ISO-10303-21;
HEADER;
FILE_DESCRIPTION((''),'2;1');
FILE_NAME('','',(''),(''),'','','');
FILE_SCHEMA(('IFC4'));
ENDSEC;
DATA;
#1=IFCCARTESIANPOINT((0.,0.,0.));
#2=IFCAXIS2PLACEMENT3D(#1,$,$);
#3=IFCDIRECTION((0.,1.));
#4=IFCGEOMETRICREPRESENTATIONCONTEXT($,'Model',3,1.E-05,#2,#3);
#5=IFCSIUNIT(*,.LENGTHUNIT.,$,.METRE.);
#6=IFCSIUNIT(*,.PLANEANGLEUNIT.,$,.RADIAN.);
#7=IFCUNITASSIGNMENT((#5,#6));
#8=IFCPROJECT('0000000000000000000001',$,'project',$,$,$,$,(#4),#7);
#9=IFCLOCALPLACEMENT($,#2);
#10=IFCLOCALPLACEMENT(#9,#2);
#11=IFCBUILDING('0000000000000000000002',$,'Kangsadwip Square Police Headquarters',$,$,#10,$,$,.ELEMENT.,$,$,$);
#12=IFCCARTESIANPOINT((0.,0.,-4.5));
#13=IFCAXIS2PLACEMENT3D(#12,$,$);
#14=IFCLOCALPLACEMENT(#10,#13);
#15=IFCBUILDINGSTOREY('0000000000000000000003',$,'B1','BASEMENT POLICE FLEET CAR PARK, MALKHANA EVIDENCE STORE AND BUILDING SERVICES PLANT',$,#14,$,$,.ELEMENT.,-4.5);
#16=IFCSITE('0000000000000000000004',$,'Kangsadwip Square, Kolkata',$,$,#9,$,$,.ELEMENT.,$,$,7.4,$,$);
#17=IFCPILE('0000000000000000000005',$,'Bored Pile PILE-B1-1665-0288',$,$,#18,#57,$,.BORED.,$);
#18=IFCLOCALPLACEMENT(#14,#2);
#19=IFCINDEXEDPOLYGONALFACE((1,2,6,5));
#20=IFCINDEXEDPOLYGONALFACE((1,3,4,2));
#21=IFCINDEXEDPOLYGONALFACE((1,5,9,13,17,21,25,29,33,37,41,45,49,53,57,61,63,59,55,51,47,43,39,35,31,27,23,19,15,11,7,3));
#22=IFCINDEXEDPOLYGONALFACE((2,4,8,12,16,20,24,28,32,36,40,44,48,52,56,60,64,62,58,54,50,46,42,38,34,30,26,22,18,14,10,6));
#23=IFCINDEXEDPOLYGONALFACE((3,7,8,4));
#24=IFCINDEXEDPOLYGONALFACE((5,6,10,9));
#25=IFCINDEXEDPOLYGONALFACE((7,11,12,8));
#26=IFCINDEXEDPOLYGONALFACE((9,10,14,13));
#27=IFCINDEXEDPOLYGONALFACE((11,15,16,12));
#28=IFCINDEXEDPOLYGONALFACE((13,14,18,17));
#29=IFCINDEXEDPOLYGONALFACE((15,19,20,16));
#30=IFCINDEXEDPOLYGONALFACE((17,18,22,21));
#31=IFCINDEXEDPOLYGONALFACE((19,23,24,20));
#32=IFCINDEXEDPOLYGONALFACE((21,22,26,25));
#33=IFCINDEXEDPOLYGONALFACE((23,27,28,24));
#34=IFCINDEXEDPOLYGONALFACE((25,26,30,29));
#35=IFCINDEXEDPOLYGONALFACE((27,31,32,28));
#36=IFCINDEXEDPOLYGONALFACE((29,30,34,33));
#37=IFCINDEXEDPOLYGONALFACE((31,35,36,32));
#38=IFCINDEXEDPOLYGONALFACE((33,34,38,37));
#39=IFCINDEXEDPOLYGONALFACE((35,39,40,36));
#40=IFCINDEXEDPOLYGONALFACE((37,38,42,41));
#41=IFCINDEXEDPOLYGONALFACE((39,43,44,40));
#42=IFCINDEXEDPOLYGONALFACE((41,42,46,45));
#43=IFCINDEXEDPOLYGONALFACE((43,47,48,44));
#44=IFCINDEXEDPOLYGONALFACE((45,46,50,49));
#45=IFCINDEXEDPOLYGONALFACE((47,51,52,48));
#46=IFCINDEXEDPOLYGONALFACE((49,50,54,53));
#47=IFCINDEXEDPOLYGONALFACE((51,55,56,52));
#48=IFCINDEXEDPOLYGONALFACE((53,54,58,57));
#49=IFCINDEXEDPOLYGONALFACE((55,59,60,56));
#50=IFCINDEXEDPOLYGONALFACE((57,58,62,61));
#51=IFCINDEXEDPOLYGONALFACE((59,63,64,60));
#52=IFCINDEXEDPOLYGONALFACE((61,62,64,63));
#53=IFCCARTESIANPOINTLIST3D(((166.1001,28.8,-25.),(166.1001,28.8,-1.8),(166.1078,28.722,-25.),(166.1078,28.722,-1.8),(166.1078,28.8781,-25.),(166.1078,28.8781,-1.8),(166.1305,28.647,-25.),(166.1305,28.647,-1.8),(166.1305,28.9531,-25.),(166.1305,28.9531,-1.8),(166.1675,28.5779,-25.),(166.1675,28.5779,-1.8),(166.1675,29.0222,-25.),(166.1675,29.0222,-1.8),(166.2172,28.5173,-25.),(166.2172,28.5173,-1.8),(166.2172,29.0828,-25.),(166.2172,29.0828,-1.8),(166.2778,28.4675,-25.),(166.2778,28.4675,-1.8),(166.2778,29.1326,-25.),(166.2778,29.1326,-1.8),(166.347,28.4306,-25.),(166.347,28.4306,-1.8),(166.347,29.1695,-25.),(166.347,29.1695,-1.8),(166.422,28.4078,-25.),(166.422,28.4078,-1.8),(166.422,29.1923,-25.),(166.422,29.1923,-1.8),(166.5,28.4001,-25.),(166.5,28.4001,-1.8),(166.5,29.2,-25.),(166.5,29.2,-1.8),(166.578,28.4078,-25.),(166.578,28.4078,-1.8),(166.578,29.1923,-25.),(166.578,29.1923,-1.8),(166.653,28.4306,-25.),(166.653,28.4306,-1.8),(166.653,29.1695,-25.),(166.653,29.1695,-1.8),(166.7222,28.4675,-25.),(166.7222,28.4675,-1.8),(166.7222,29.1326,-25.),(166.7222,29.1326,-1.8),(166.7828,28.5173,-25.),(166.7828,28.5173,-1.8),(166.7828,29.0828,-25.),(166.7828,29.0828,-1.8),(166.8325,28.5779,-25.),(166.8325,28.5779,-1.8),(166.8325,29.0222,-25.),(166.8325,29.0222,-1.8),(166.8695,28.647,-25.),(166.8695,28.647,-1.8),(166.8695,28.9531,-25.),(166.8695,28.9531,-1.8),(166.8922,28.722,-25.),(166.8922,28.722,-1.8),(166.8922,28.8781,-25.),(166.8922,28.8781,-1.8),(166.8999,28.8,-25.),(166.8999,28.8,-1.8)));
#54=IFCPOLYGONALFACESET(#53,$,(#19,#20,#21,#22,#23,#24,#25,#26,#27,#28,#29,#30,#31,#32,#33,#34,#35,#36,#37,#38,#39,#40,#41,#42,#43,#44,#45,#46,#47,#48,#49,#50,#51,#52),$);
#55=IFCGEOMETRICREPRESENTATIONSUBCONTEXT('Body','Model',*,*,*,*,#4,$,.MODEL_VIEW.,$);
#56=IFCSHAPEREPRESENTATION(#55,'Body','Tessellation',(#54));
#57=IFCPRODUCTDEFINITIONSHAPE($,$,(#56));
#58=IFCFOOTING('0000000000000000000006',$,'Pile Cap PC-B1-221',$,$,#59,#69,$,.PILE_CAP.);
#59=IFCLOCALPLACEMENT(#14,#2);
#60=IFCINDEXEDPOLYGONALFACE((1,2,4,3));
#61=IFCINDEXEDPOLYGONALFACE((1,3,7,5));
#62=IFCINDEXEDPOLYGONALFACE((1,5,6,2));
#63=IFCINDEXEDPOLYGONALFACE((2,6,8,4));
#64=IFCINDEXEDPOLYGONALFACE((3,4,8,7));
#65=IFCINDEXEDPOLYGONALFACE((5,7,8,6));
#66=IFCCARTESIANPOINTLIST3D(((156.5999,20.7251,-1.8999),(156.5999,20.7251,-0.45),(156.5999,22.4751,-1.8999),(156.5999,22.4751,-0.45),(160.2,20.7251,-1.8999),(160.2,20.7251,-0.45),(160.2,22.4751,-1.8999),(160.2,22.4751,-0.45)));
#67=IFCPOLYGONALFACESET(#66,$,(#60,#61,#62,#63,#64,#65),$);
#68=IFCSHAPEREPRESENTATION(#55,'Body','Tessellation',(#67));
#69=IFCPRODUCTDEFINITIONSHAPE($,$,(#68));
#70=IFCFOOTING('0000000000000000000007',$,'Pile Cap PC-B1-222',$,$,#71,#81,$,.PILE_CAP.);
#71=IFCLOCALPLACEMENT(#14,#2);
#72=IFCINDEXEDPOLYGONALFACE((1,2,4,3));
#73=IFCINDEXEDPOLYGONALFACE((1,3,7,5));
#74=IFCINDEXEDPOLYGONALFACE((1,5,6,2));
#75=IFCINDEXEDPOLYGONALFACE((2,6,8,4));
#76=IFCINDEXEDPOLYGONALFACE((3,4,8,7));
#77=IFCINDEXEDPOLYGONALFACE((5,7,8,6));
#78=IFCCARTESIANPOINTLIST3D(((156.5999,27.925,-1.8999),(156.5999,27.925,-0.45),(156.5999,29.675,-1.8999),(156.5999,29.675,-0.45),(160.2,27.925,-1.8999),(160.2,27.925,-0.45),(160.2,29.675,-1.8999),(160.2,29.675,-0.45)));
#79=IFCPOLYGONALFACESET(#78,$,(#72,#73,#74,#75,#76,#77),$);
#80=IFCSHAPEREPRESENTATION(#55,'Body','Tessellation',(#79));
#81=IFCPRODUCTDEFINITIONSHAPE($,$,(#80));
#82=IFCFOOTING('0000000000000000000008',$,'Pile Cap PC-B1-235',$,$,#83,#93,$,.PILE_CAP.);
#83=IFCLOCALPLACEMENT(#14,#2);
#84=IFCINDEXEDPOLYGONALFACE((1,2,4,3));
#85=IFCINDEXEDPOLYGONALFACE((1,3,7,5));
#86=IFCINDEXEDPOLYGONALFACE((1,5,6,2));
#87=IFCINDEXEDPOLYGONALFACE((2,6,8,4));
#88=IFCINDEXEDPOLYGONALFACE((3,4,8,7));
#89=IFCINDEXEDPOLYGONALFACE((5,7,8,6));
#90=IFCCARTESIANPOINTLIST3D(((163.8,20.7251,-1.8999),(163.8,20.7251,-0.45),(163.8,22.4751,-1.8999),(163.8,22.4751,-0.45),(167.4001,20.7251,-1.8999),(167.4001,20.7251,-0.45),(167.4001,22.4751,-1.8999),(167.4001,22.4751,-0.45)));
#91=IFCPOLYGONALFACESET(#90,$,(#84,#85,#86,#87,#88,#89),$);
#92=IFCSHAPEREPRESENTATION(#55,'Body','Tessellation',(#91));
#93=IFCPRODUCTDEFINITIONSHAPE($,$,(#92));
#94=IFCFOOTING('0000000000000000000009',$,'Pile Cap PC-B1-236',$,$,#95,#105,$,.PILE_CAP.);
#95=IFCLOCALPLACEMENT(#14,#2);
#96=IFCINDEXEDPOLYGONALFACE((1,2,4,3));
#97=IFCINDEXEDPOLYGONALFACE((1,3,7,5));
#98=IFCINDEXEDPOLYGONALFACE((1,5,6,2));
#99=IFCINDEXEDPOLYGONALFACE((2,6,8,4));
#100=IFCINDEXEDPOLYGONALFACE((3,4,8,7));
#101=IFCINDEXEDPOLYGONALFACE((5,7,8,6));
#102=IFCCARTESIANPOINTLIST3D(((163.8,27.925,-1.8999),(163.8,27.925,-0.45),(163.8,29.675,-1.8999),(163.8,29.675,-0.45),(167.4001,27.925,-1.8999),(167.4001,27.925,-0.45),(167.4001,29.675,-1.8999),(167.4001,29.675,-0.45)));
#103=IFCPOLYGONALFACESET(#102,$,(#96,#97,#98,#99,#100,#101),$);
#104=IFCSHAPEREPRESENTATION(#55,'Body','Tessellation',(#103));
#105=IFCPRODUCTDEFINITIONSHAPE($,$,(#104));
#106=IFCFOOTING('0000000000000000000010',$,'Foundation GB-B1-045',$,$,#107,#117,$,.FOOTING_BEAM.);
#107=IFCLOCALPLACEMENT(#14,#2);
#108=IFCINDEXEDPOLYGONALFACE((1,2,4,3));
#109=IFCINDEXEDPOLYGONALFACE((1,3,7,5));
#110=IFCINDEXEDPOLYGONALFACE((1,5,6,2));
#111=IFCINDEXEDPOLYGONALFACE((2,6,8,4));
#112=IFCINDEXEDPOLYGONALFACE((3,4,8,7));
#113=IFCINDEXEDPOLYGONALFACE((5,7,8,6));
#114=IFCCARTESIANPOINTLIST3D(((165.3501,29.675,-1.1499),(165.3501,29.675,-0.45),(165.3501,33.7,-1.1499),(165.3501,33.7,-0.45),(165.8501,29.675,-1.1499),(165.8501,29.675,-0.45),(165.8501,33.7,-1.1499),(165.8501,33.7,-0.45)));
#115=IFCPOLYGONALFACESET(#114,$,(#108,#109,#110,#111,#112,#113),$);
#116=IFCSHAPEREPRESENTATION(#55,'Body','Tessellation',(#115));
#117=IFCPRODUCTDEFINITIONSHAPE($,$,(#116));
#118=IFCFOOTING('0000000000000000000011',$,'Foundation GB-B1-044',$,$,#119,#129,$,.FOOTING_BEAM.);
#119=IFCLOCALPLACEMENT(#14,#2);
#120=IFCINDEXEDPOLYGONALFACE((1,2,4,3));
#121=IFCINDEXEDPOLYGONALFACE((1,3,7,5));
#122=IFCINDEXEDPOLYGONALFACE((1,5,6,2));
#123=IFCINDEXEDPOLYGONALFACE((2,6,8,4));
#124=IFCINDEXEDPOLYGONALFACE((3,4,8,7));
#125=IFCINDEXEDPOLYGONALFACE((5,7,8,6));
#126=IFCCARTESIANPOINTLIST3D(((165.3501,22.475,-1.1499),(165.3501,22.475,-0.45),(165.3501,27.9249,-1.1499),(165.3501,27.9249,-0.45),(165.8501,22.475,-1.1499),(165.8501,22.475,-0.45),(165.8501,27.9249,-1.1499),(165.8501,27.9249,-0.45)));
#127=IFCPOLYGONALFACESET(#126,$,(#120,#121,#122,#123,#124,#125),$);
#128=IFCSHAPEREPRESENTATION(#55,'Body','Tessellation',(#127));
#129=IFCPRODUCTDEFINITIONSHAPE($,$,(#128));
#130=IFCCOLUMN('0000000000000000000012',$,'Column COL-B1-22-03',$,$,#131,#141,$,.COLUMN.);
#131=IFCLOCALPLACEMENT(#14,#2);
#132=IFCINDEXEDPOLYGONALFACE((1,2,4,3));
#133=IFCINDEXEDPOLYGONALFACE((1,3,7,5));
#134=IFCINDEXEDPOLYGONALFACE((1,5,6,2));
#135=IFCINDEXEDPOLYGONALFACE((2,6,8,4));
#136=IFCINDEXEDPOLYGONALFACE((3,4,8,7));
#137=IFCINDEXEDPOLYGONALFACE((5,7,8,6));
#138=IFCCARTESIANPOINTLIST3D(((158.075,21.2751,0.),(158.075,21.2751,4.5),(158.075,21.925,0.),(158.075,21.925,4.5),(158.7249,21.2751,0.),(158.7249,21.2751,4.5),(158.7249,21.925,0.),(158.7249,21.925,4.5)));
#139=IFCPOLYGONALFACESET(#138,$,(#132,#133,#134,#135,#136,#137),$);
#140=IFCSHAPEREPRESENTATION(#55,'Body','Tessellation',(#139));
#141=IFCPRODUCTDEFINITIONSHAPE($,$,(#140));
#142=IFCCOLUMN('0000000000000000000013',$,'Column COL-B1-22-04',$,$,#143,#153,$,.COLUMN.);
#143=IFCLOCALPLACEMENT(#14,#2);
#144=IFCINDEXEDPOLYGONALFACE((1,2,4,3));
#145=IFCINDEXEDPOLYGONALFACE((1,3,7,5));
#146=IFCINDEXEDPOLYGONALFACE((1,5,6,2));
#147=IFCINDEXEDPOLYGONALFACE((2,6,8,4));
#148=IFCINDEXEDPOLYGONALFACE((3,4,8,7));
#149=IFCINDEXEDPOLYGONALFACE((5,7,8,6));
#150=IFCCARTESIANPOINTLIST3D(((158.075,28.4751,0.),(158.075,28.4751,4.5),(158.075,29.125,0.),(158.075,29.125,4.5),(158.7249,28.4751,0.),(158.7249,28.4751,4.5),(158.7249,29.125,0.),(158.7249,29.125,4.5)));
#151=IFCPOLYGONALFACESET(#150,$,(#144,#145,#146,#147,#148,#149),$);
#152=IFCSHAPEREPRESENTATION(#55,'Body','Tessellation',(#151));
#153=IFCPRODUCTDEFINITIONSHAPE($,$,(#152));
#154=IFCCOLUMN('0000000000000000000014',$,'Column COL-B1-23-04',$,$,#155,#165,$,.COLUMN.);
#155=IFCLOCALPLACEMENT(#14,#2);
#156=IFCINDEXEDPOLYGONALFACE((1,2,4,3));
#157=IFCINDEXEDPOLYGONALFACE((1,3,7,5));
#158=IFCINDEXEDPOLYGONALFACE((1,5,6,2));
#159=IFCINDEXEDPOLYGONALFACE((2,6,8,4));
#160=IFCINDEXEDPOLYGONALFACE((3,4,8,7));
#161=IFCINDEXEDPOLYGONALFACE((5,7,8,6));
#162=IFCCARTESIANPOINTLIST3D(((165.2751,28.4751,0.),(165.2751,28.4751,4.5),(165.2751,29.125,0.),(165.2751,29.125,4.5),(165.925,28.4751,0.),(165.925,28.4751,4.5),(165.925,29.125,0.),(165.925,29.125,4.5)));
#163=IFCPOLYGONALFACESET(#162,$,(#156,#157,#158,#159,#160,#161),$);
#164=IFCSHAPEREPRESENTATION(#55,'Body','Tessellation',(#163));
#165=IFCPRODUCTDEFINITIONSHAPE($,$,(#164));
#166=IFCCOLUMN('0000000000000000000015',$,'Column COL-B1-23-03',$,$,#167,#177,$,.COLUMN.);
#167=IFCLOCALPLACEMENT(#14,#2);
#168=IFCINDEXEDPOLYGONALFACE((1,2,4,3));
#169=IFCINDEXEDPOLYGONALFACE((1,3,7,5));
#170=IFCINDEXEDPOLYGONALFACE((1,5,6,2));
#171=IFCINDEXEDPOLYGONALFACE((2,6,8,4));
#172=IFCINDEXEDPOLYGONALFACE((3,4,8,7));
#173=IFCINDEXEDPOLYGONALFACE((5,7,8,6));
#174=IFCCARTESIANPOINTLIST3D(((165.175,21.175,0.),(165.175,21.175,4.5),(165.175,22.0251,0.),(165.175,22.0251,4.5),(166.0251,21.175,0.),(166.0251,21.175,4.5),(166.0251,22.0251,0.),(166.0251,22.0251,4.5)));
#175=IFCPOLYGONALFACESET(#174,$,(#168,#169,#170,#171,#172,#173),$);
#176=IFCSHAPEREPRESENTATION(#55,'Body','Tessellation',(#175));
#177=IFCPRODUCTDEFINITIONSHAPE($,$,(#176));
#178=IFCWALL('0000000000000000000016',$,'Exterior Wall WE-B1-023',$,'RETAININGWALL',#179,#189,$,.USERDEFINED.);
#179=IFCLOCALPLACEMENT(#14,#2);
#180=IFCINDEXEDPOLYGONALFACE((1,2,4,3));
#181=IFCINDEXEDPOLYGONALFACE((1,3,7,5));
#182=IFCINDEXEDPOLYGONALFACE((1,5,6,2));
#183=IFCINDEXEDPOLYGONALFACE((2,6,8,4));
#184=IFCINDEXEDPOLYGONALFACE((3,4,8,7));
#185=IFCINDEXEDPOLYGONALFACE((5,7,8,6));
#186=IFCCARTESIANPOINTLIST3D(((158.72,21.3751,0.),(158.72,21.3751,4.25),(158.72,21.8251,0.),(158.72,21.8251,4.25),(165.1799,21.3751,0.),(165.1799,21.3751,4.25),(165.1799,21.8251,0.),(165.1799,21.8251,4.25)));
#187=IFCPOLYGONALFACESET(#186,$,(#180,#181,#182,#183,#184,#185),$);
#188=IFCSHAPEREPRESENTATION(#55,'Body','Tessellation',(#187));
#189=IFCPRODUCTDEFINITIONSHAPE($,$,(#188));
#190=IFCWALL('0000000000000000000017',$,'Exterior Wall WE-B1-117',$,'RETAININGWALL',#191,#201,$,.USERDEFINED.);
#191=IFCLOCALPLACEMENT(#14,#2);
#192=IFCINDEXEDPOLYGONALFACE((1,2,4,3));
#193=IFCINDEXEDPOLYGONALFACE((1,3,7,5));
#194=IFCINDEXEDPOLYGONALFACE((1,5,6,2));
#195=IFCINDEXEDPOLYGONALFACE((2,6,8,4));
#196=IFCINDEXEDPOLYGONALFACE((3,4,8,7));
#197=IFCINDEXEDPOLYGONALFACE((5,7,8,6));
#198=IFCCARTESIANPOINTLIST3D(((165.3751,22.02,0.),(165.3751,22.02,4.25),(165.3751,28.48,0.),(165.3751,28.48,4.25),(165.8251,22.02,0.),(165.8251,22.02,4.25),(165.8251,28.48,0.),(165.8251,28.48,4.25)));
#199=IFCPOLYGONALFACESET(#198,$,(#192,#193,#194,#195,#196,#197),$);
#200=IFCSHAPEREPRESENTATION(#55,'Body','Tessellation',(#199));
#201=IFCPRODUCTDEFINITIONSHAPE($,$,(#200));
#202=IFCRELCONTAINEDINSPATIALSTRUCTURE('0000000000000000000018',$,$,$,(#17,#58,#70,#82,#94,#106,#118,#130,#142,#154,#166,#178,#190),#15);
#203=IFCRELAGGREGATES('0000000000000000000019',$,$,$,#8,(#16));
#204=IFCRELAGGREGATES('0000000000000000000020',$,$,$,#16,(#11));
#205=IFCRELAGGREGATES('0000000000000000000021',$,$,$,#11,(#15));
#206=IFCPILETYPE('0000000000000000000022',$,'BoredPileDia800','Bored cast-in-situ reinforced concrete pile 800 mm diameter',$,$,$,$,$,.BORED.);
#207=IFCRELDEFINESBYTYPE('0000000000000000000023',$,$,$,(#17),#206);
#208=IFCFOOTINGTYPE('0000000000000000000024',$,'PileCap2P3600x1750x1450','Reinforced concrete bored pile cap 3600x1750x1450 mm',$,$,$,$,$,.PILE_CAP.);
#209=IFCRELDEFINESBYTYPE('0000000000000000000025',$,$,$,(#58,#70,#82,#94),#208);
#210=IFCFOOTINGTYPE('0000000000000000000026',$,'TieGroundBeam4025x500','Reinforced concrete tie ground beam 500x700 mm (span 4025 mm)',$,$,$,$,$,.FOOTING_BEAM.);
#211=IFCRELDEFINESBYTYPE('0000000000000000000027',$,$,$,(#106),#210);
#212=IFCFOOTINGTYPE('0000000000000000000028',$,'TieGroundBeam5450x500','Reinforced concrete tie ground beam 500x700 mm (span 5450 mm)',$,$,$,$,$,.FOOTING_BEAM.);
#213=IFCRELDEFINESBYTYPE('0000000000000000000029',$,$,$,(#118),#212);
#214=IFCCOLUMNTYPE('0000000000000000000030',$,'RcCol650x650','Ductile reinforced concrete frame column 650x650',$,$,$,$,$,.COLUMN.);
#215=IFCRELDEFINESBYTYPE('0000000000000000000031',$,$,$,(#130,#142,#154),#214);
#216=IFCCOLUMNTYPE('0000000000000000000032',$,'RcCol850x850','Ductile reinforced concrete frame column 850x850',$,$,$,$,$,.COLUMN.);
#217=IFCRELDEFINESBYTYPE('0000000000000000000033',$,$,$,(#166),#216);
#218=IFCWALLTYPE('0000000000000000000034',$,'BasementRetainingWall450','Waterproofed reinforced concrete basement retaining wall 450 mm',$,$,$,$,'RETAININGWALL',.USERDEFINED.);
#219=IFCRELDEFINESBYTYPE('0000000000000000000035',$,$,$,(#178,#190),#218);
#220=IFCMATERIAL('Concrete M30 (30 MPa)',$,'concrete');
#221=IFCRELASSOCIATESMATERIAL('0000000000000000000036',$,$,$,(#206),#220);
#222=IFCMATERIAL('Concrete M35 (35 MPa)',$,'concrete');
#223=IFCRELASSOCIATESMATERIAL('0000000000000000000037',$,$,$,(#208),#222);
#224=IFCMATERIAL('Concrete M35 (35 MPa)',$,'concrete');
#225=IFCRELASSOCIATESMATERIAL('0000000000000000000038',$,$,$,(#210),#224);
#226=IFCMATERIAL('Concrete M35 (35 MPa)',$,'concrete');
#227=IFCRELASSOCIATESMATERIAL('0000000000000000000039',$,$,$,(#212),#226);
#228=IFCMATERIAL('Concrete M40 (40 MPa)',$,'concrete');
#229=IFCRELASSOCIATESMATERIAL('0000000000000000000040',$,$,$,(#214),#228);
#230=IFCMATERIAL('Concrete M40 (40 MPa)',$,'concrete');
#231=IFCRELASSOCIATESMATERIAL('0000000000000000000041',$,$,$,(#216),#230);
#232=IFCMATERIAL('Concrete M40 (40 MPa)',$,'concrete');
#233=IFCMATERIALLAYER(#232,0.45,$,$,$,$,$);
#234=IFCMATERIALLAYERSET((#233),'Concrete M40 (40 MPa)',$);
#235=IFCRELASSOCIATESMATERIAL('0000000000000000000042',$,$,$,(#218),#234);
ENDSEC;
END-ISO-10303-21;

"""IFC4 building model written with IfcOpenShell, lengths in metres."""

from ifc_helpers import new_model, si_unit, direction, frame, frame_2d, origin, origin_2d, place, context, subcontext, project, spatial, rectangle, circle, extrude, material, layer, layer_set, material_profile, profile_set, type_object, element, save


model = new_model("IFC4")

# Units and contexts
model_context = context("Model", 3, precision=1e-05, world=origin(), true_north=direction((0.0, 1.0)))
body_context = subcontext(model_context, "Body", "Model", "MODEL_VIEW")
ifc_project = project(units=[si_unit("LENGTHUNIT", "METRE"), si_unit("PLANEANGLEUNIT", "RADIAN")], contexts=[model_context])

# Site, building, storey
site_placement = place(None, origin())
site = spatial("IfcSite", under=ifc_project, at=site_placement, Name="Kangsadwip Square, Kolkata", CompositionType="ELEMENT", RefElevation=7.4)
building_placement = place(site_placement, origin())
building = spatial("IfcBuilding", under=site, at=building_placement, Name="Kangsadwip Square Police Headquarters", CompositionType="ELEMENT")
storey_placement = place(building_placement, frame((0.0, 0.0, -4.5)))
storey = spatial("IfcBuildingStorey", under=building, at=storey_placement, Name="B1", Description="BASEMENT POLICE FLEET CAR PARK, MALKHANA EVIDENCE STORE AND BUILDING SERVICES PLANT", CompositionType="ELEMENT", Elevation=-4.5)

# Pile
ifc_material_1 = material(Name="Concrete M30 (30 MPa)", Category="concrete")
ifc_material_profile_1 = material_profile(ifc_material_1, circle(Radius=0.3999, at=origin_2d()), Name="PILE DIA 800")
ifc_profile_set_1 = profile_set([ifc_material_profile_1], Name="Concrete M30 (30 MPa)")
pile_type_1 = type_object("IfcPileType", Name="BoredPileDia800", Description="Bored cast-in-situ reinforced concrete pile 800 mm diameter", PredefinedType="BORED", material=ifc_profile_set_1)
for number, where, z_axis, x_axis, name in (
    (1, (166.5, 28.8, -1.8), (0.0, 0.0, -1.0), (1.0, 0.0, 0.0), "Bored Pile PILE-B1-1665-0288"),
):
    element("IfcPile", number, at=place(storey_placement, frame(where, z_axis=z_axis, x_axis=x_axis)), inside=storey, type_object=pile_type_1, Name=name, PredefinedType="BORED", context=body_context, shape_type="SweptSolid", body=[
        extrude(circle(Radius=0.3999, at=origin_2d()), origin(), (0.0, 0.0, 1.0), 23.2),
    ])

# Footings
ifc_material_2 = material(Name="Concrete M35 (35 MPa)", Category="concrete")
footing_type_1 = type_object("IfcFootingType", Name="PileCap2P3600x1750x1450", Description="Reinforced concrete bored pile cap 3600x1750x1450 mm", PredefinedType="PILE_CAP", material=ifc_material_2)
for number, where, z_axis, x_axis, name in (
    (2, (158.3999, 21.6001, -1.8999), (0.0, 0.0, 1.0), (1.0, 0.0, 0.0), "Pile Cap PC-B1-221"),
    (3, (158.3999, 28.8, -1.8999), (0.0, 0.0, 1.0), (1.0, 0.0, 0.0), "Pile Cap PC-B1-222"),
    (4, (165.6001, 21.6001, -1.8999), (0.0, 0.0, 1.0), (1.0, 0.0, 0.0), "Pile Cap PC-B1-235"),
    (5, (165.6001, 28.8, -1.8999), (0.0, 0.0, 1.0), (1.0, 0.0, 0.0), "Pile Cap PC-B1-236"),
):
    element("IfcFooting", number, at=place(storey_placement, frame(where, z_axis=z_axis, x_axis=x_axis)), inside=storey, type_object=footing_type_1, Name=name, PredefinedType="PILE_CAP", context=body_context, shape_type="SweptSolid", body=[
        extrude(rectangle(XDim=3.6001, YDim=1.75, at=origin_2d()), origin(), (0.0, 0.0, 1.0), 1.45),
    ])
ifc_material_3 = material(Name="Concrete M35 (35 MPa)", Category="concrete")
footing_type_2 = type_object("IfcFootingType", Name="TieGroundBeam4025x500", Description="Reinforced concrete tie ground beam 500x700 mm (span 4025 mm)", PredefinedType="FOOTING_BEAM", material=ifc_material_3)
footing_1_placement = place(storey_placement, frame((165.6001, 31.6875, -1.1499), z_axis=(0.0, 0.0, 1.0), x_axis=(0.0, 1.0, 0.0)))
element("IfcFooting", 6, at=footing_1_placement, inside=storey, type_object=footing_type_2, Name="Foundation GB-B1-045", PredefinedType="FOOTING_BEAM", context=body_context, shape_type="SweptSolid", body=[
    extrude(rectangle(XDim=4.0249, YDim=0.5, at=origin_2d()), origin(), (0.0, 0.0, 1.0), 0.7),
])
ifc_material_4 = material(Name="Concrete M35 (35 MPa)", Category="concrete")
footing_type_3 = type_object("IfcFootingType", Name="TieGroundBeam5450x500", Description="Reinforced concrete tie ground beam 500x700 mm (span 5450 mm)", PredefinedType="FOOTING_BEAM", material=ifc_material_4)
footing_2_placement = place(storey_placement, frame((165.6001, 25.2, -1.1499), z_axis=(0.0, 0.0, 1.0), x_axis=(0.0, 1.0, 0.0)))
element("IfcFooting", 7, at=footing_2_placement, inside=storey, type_object=footing_type_3, Name="Foundation GB-B1-044", PredefinedType="FOOTING_BEAM", context=body_context, shape_type="SweptSolid", body=[
    extrude(rectangle(XDim=5.45, YDim=0.5, at=origin_2d()), origin(), (0.0, 0.0, 1.0), 0.7),
])

# Columns
ifc_material_5 = material(Name="Concrete M40 (40 MPa)", Category="concrete")
ifc_material_profile_2 = material_profile(ifc_material_5, rectangle(XDim=0.6499, YDim=0.6499, at=origin_2d()), Name="RC COL 650X650")
ifc_profile_set_2 = profile_set([ifc_material_profile_2], Name="Concrete M40 (40 MPa)")
column_type_1 = type_object("IfcColumnType", Name="RcCol650x650", Description="Ductile reinforced concrete frame column 650x650", PredefinedType="COLUMN", material=ifc_profile_set_2)
for number, where, z_axis, x_axis, name in (
    (8, (158.3999, 21.6001, 0.0), (0.0, 0.0, 1.0), (1.0, 0.0, 0.0), "Column COL-B1-22-03"),
    (9, (158.3999, 28.8, 0.0), (0.0, 0.0, 1.0), (1.0, 0.0, 0.0), "Column COL-B1-22-04"),
    (10, (165.6001, 28.8, 0.0), (0.0, 0.0, 1.0), (1.0, 0.0, 0.0), "Column COL-B1-23-04"),
):
    element("IfcColumn", number, at=place(storey_placement, frame(where, z_axis=z_axis, x_axis=x_axis)), inside=storey, type_object=column_type_1, Name=name, PredefinedType="COLUMN", context=body_context, shape_type="SweptSolid", body=[
        extrude(rectangle(XDim=0.6499, YDim=0.6499, at=origin_2d()), origin(), (0.0, 0.0, 1.0), 4.5),
    ])
ifc_material_6 = material(Name="Concrete M40 (40 MPa)", Category="concrete")
ifc_material_profile_3 = material_profile(ifc_material_6, rectangle(XDim=0.8501, YDim=0.8501, at=origin_2d()), Name="RC COL 850X850")
ifc_profile_set_3 = profile_set([ifc_material_profile_3], Name="Concrete M40 (40 MPa)")
column_type_2 = type_object("IfcColumnType", Name="RcCol850x850", Description="Ductile reinforced concrete frame column 850x850", PredefinedType="COLUMN", material=ifc_profile_set_3)
column_placement = place(storey_placement, frame((165.6001, 21.6001, 0.0), z_axis=(0.0, 0.0, 1.0), x_axis=(1.0, 0.0, 0.0)))
element("IfcColumn", 11, at=column_placement, inside=storey, type_object=column_type_2, Name="Column COL-B1-23-03", PredefinedType="COLUMN", context=body_context, shape_type="SweptSolid", body=[
    extrude(rectangle(XDim=0.8501, YDim=0.8501, at=origin_2d()), origin(), (0.0, 0.0, 1.0), 4.5),
])

# Walls
ifc_material_7 = material(Name="Concrete M40 (40 MPa)", Category="concrete")
ifc_layer = layer(ifc_material_7, 0.45)
ifc_layer_set = layer_set([ifc_layer], Name="Concrete M40 (40 MPa)")
wall_type = type_object("IfcWallType", Name="BasementRetainingWall450", Description="Waterproofed reinforced concrete basement retaining wall 450 mm", ElementType="RETAININGWALL", PredefinedType="USERDEFINED", material=ifc_layer_set)
for number, where, z_axis, x_axis, name in (
    (12, (158.72, 21.6001, 0.0), (0.0, 0.0, 1.0), (1.0, 0.0, 0.0), "Exterior Wall WE-B1-023"),
    (13, (165.6001, 22.02, 0.0), (0.0, 0.0, 1.0), (0.0, 1.0, 0.0), "Exterior Wall WE-B1-117"),
):
    element("IfcWall", number, at=place(storey_placement, frame(where, z_axis=z_axis, x_axis=x_axis)), inside=storey, type_object=wall_type, Name=name, ObjectType="RETAININGWALL", PredefinedType="USERDEFINED", context=body_context, shape_type="SweptSolid", body=[
        extrude(rectangle(XDim=6.46, YDim=0.45, at=frame_2d((3.23, 0.0))), origin(), (0.0, 0.0, 1.0), 4.25),
    ])

save(model, "model.ifc")
